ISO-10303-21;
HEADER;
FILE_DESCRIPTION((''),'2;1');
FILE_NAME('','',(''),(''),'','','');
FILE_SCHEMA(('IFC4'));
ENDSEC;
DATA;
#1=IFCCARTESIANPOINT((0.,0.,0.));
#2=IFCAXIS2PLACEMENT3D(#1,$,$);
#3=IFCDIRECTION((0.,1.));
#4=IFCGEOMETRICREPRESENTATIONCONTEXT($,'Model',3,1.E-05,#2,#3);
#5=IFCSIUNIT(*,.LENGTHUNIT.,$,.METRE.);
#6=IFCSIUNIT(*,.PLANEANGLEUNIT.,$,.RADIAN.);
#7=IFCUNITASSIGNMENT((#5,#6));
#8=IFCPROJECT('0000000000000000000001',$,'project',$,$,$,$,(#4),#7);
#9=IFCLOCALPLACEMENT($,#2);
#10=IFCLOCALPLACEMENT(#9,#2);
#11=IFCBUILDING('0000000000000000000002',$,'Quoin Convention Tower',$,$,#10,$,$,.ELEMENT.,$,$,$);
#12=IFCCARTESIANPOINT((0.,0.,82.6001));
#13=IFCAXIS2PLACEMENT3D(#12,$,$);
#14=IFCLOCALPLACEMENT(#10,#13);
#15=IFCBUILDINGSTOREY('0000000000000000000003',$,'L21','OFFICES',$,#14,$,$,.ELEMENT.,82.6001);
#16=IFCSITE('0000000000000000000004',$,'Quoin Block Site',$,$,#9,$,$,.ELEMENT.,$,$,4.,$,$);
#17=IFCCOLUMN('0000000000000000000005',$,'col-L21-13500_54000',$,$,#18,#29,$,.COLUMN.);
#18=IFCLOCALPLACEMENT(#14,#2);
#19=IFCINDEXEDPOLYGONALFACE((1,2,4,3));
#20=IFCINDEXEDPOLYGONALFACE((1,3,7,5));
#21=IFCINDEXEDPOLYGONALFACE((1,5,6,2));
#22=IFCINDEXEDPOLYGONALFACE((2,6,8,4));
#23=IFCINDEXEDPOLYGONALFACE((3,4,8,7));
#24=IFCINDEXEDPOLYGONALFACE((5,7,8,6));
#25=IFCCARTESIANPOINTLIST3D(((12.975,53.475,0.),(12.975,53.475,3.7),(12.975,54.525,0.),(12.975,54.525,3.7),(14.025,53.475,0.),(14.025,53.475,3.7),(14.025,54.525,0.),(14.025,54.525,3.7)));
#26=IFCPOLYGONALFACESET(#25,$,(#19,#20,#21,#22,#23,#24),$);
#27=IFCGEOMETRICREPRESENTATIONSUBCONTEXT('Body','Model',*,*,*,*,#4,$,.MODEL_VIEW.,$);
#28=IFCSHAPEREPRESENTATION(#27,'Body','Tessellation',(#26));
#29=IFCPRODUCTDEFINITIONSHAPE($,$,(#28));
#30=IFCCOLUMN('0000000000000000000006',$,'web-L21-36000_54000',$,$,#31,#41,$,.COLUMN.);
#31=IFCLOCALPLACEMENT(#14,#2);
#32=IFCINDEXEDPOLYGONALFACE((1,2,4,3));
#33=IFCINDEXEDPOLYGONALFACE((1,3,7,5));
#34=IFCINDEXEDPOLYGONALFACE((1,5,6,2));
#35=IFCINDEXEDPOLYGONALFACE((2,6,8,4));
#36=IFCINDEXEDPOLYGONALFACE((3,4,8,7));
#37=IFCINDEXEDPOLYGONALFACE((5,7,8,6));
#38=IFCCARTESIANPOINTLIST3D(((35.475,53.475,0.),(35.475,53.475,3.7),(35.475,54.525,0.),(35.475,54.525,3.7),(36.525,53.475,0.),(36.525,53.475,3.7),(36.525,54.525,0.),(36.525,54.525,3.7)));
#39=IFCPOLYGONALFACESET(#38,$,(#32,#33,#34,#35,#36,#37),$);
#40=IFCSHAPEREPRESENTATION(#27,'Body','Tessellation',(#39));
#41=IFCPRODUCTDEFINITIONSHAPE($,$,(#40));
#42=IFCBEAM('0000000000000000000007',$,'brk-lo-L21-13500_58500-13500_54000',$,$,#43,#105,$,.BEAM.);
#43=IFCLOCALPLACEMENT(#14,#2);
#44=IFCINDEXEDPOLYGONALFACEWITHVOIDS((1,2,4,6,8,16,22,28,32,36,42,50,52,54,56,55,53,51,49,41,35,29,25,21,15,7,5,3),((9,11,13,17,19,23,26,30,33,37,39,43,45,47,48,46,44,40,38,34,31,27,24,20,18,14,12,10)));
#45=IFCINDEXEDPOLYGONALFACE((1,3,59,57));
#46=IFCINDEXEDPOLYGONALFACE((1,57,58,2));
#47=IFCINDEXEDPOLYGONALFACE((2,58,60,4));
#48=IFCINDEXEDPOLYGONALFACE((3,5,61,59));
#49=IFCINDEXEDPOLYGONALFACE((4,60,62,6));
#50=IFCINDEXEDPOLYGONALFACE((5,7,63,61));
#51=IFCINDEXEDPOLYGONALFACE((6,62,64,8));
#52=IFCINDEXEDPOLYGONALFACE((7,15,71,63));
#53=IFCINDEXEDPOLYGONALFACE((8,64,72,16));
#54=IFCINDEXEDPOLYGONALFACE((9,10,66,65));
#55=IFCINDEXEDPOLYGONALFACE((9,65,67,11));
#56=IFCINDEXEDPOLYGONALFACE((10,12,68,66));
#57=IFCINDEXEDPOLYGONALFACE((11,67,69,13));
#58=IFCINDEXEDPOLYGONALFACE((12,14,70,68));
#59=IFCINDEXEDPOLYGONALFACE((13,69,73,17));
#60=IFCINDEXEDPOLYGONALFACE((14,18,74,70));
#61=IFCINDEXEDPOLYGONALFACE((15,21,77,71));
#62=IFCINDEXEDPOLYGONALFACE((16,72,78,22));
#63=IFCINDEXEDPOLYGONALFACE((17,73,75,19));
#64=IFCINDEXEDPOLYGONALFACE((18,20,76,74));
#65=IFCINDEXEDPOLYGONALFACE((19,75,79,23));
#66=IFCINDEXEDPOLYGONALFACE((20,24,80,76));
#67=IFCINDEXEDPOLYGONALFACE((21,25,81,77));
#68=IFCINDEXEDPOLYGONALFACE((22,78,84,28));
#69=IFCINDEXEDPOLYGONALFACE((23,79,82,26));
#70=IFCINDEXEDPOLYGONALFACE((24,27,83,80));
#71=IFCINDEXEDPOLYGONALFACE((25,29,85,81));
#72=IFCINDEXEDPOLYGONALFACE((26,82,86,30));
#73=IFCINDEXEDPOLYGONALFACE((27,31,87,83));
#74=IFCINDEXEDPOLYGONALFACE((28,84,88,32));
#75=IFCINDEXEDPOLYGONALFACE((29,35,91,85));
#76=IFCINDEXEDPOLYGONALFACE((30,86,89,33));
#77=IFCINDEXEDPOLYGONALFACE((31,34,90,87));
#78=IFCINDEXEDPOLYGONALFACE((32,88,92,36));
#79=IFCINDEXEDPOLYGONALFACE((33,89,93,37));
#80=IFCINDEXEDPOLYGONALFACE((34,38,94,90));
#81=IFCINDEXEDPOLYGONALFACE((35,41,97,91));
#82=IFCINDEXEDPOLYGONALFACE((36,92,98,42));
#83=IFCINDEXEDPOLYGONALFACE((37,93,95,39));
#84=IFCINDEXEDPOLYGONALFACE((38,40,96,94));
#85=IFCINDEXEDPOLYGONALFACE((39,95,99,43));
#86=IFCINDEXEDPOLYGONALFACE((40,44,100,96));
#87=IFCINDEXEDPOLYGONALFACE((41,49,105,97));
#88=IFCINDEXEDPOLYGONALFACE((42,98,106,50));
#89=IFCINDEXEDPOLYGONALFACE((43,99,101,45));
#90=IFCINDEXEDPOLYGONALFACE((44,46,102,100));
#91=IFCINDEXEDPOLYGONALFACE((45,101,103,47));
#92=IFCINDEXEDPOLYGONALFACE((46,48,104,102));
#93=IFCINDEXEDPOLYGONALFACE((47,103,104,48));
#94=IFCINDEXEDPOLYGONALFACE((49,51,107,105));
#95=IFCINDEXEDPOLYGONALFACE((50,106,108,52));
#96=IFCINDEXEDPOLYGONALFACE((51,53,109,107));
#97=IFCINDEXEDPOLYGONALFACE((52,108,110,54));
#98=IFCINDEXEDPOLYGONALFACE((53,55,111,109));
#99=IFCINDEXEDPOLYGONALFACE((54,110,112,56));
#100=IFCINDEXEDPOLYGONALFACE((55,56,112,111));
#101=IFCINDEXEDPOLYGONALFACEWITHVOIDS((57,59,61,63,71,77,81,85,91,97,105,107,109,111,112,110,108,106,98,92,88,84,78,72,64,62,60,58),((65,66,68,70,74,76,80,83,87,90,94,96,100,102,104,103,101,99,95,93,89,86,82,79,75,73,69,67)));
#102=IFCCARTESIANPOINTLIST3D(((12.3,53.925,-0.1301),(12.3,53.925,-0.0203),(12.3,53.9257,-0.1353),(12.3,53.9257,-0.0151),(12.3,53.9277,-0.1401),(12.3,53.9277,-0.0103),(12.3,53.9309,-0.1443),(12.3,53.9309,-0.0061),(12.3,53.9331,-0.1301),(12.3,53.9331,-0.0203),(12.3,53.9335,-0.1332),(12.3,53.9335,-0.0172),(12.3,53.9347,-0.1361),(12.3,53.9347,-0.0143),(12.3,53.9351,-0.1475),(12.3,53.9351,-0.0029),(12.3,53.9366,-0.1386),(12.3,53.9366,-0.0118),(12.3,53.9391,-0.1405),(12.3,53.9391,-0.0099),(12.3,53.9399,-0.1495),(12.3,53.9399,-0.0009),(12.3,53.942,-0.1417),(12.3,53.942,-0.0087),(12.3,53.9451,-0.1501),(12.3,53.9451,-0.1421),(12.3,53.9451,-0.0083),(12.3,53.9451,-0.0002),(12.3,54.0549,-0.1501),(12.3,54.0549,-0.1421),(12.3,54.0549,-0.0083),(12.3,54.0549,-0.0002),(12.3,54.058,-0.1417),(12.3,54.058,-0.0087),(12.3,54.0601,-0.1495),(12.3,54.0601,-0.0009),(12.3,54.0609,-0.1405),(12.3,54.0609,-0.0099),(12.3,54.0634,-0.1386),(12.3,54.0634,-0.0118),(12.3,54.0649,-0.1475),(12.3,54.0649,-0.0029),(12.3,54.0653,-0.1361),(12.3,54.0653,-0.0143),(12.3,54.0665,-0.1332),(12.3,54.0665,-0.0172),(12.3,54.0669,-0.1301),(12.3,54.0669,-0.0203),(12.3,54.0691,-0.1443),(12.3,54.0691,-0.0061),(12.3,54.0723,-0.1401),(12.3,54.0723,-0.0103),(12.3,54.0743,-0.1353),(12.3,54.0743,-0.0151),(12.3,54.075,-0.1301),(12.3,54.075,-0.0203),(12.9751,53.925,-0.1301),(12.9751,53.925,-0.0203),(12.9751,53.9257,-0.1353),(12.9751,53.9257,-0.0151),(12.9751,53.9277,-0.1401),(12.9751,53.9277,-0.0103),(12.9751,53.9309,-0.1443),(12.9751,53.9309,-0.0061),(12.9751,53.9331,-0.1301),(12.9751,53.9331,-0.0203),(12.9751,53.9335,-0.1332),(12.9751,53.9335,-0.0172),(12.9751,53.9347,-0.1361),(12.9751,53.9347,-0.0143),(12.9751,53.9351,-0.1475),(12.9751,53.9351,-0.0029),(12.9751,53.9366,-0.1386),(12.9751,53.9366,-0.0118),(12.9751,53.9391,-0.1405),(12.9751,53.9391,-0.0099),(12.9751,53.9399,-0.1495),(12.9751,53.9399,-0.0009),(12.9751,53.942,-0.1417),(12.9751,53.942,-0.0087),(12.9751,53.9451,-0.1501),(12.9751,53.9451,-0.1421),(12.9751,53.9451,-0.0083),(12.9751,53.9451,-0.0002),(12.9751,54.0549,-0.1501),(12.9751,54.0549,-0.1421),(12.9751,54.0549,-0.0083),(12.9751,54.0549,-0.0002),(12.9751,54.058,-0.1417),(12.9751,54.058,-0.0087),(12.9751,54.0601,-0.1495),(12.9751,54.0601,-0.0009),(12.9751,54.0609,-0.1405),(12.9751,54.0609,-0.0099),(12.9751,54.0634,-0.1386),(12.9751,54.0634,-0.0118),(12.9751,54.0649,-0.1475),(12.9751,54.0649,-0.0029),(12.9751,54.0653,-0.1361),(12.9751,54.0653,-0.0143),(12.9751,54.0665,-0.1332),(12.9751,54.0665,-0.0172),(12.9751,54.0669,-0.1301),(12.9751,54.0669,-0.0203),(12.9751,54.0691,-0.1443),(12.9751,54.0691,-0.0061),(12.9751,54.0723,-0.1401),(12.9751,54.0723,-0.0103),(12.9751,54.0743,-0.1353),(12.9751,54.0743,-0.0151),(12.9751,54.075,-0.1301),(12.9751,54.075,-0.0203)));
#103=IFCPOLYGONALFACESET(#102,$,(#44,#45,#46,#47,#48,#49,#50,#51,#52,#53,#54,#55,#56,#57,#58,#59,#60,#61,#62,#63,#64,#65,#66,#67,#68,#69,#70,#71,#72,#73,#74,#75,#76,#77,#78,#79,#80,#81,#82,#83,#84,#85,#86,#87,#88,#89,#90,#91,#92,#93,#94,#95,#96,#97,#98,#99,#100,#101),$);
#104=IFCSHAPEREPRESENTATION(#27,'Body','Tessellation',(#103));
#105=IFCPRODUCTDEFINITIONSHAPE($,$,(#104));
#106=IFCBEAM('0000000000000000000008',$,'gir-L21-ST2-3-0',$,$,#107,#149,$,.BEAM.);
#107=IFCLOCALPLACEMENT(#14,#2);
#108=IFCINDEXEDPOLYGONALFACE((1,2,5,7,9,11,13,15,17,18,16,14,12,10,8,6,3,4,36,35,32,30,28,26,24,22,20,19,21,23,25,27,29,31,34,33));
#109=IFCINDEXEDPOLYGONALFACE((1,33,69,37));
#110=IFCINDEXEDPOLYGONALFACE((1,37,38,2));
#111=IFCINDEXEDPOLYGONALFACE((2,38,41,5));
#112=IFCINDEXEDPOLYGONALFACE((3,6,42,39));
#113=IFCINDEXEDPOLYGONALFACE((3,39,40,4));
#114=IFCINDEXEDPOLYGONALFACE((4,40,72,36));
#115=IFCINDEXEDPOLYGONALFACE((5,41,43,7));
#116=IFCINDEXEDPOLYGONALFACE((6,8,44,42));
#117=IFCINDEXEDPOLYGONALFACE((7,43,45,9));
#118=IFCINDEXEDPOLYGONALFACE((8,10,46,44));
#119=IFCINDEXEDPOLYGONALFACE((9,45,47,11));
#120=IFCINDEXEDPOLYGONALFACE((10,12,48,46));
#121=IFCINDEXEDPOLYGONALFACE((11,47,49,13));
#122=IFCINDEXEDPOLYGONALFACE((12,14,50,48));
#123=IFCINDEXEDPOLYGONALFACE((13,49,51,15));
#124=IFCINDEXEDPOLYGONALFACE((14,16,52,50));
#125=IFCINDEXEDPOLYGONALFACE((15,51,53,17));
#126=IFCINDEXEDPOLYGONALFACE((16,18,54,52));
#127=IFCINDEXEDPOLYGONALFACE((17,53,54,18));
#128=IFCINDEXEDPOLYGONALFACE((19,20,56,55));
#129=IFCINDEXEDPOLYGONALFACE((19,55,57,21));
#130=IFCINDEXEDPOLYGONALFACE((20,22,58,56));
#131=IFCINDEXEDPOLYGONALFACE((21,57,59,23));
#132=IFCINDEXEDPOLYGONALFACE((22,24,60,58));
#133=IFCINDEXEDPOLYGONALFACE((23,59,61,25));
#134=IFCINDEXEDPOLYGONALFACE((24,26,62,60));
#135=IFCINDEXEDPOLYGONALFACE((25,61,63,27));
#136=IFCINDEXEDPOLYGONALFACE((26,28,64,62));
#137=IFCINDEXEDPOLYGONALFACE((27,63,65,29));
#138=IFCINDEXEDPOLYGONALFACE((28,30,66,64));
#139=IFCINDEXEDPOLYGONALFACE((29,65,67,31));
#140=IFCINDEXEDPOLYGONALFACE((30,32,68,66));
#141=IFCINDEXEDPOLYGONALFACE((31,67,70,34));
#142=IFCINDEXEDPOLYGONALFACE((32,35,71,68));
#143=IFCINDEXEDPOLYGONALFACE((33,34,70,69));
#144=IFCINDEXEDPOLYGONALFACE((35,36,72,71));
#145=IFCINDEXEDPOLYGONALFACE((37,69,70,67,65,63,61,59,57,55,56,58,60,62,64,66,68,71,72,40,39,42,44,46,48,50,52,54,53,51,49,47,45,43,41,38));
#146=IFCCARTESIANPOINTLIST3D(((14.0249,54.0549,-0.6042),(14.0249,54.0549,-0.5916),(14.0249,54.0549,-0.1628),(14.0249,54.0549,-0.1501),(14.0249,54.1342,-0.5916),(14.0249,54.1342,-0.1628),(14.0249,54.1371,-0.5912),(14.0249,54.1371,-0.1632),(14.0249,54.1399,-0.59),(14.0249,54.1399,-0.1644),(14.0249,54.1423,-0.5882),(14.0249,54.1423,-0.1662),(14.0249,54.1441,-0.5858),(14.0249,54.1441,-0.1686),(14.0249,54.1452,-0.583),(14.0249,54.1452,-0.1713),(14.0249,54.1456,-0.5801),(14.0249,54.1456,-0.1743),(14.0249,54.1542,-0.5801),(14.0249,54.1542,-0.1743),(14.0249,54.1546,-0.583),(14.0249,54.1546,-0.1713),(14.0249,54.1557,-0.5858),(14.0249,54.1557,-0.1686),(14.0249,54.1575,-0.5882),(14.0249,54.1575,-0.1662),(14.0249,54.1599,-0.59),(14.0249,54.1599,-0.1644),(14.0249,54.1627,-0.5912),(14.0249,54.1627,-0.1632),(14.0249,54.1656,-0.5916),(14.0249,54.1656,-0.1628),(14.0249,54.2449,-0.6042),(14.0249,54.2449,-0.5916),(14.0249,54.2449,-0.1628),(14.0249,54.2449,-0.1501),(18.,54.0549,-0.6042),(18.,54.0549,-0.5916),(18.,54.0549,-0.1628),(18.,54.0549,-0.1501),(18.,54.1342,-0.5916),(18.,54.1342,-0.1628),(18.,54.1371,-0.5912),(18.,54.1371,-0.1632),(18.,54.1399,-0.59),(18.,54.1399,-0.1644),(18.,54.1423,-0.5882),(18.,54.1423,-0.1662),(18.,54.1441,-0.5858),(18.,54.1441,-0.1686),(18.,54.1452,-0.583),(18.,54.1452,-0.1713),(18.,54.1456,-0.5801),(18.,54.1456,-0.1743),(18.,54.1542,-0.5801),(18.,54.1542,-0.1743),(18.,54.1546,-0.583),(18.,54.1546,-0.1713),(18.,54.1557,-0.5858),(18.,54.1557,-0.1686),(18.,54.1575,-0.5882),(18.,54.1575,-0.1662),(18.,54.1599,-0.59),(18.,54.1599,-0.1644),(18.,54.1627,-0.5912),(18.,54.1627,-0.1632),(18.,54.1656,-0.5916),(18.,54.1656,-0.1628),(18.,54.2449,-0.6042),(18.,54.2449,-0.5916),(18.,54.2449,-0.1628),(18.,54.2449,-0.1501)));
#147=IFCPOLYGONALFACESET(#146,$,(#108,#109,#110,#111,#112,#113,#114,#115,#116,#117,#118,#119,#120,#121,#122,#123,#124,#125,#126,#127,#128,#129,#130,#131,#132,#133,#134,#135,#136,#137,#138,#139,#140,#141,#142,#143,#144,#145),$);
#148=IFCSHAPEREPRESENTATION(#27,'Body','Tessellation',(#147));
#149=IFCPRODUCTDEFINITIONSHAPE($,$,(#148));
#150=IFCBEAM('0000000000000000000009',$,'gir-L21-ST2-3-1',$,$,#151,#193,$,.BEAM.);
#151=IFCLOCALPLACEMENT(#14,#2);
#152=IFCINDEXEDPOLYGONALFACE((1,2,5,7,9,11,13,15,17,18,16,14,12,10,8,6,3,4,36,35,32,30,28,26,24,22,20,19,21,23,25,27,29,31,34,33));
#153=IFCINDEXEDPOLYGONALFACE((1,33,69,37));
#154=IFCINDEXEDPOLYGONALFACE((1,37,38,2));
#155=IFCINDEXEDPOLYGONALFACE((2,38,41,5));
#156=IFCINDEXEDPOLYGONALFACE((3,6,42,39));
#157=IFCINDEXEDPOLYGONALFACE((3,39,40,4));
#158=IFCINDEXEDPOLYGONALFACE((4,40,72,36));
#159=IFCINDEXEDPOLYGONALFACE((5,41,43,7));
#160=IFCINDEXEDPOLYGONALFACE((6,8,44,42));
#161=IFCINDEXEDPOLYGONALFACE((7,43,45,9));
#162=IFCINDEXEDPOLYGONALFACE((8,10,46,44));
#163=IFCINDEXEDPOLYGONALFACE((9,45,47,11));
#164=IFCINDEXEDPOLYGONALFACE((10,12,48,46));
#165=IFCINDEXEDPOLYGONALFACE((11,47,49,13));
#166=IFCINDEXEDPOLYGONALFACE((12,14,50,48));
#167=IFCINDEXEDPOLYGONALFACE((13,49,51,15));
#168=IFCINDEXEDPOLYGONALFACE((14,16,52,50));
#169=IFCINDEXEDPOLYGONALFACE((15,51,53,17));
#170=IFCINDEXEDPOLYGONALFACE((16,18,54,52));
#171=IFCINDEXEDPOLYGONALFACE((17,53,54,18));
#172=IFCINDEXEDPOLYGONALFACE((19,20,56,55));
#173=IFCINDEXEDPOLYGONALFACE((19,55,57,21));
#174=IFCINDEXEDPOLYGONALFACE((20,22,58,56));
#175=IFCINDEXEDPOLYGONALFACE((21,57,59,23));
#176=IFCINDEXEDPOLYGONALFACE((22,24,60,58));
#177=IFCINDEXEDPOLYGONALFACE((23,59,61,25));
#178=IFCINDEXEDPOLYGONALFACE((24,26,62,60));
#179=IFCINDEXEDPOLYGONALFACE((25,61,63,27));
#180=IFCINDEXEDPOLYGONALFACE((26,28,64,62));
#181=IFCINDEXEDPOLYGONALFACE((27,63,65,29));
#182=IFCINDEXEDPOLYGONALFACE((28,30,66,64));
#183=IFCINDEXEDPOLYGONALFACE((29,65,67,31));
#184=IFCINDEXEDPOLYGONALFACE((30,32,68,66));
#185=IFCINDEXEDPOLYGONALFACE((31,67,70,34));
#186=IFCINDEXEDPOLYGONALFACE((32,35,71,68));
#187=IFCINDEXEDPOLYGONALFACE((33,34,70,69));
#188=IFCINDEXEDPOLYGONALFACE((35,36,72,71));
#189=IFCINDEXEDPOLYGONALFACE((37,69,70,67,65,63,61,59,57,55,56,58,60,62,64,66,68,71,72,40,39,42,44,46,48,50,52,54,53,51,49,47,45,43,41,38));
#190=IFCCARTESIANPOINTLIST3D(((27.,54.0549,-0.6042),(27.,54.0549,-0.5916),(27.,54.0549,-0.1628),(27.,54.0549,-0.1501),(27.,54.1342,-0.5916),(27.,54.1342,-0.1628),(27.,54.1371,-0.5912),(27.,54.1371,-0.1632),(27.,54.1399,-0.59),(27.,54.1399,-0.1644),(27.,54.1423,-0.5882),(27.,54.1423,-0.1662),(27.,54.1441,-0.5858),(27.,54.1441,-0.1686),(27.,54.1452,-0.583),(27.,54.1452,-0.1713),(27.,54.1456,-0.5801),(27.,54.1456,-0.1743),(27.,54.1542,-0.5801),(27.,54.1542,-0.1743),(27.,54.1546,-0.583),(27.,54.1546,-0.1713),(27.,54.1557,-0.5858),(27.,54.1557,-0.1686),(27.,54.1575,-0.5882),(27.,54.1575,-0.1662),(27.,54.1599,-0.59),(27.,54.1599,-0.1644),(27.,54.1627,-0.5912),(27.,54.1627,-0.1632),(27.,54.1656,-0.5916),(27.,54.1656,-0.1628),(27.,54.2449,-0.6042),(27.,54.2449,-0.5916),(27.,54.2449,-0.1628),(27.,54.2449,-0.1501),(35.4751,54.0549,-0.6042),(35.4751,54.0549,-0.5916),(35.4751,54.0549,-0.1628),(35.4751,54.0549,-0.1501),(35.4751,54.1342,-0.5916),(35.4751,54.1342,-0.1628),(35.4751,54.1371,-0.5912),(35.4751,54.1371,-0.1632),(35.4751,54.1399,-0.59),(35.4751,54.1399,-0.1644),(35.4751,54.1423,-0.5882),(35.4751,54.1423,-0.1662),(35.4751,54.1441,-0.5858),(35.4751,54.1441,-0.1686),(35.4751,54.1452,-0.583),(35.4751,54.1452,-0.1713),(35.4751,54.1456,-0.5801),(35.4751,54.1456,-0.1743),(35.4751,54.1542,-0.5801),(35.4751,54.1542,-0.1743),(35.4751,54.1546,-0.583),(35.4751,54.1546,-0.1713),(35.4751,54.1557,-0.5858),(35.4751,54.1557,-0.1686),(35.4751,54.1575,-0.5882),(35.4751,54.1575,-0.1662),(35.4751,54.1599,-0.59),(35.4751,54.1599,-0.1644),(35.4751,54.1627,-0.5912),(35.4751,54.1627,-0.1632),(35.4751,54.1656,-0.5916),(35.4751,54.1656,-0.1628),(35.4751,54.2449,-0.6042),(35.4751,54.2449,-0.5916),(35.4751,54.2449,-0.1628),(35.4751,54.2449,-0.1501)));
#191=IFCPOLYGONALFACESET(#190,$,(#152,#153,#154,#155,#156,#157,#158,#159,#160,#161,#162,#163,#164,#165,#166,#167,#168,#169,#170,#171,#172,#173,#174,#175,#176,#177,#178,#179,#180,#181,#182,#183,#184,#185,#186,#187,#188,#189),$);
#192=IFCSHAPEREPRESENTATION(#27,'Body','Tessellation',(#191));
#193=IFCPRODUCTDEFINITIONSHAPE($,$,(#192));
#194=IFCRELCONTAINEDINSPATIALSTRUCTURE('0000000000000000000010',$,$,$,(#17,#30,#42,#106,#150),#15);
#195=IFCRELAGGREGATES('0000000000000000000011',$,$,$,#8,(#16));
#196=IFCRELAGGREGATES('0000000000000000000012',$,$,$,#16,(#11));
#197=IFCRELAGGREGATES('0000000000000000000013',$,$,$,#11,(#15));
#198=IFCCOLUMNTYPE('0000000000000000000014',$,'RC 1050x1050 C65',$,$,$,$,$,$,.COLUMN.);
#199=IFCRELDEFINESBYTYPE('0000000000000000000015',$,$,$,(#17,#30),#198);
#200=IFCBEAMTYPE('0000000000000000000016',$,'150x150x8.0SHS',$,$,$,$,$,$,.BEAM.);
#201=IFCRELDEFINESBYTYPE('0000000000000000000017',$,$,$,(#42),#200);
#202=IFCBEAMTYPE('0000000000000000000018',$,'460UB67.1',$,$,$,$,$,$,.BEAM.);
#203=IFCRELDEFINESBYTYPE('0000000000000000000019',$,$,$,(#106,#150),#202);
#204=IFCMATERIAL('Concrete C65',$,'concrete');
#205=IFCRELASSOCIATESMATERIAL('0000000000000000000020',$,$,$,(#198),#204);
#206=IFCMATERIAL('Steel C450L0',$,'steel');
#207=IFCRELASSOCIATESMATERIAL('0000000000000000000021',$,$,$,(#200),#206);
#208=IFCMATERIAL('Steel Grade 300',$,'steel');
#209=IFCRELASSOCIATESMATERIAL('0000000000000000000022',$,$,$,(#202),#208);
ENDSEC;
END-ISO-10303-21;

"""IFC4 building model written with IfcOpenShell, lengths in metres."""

from ifc_helpers import new_model, si_unit, direction, frame, origin, origin_2d, place, context, subcontext, project, spatial, rectangle, hollow_rectangle, i_section, extrude, material, material_profile, profile_set, type_object, element, save


model = new_model("IFC4")

# Units and contexts
model_context = context("Model", 3, precision=1e-05, world=origin(), true_north=direction((0.0, 1.0)))
body_context = subcontext(model_context, "Body", "Model", "MODEL_VIEW")
ifc_project = project(units=[si_unit("LENGTHUNIT", "METRE"), si_unit("PLANEANGLEUNIT", "RADIAN")], contexts=[model_context])

# Site, building, storey
site_placement = place(None, origin())
site = spatial("IfcSite", under=ifc_project, at=site_placement, Name="Quoin Block Site", CompositionType="ELEMENT", RefElevation=4.0)
building_placement = place(site_placement, origin())
building = spatial("IfcBuilding", under=site, at=building_placement, Name="Quoin Convention Tower", CompositionType="ELEMENT")
storey_placement = place(building_placement, frame((0.0, 0.0, 82.6001)))
storey = spatial("IfcBuildingStorey", under=building, at=storey_placement, Name="L21", Description="OFFICES", CompositionType="ELEMENT", Elevation=82.6001)

# Columns
ifc_material_1 = material(Name="Concrete C65", Category="concrete")
ifc_material_profile_1 = material_profile(ifc_material_1, rectangle(XDim=1.05, YDim=1.05, at=origin_2d()), Name="RC 1050x1050")
ifc_profile_set_1 = profile_set([ifc_material_profile_1], Name="Concrete C65")
column_type = type_object("IfcColumnType", Name="RC 1050x1050 C65", PredefinedType="COLUMN", material=ifc_profile_set_1)
for number, where, z_axis, x_axis, name in (
    (1, (13.5, 54.0, 0.0), (0.0, 0.0, 1.0), (1.0, 0.0, 0.0), "col-L21-13500_54000"),
    (2, (36.0, 54.0, 0.0), (0.0, 0.0, 1.0), (1.0, 0.0, 0.0), "web-L21-36000_54000"),
):
    element("IfcColumn", number, at=place(storey_placement, frame(where, z_axis=z_axis, x_axis=x_axis)), inside=storey, type_object=column_type, Name=name, PredefinedType="COLUMN", context=body_context, shape_type="SweptSolid", body=[
        extrude(rectangle(XDim=1.05, YDim=1.05, at=origin_2d()), origin(), (0.0, 0.0, 1.0), 3.7),
    ])

# Beams
ifc_material_2 = material(Name="Steel C450L0", Category="steel")
ifc_material_profile_2 = material_profile(ifc_material_2, hollow_rectangle(XDim=0.1499, YDim=0.1499, WallThickness=0.0081, InnerFilletRadius=0.012, OuterFilletRadius=0.02, at=origin_2d()), Name="150x150x8.0SHS")
ifc_profile_set_2 = profile_set([ifc_material_profile_2], Name="Steel C450L0")
beam_type_1 = type_object("IfcBeamType", Name="150x150x8.0SHS", PredefinedType="BEAM", material=ifc_profile_set_2)
beam_1_placement = place(storey_placement, frame((12.9751, 54.0, -0.0752), z_axis=(-1.0, 0.0, 0.0), x_axis=(0.0, -1.0, 0.0)))
element("IfcBeam", 3, at=beam_1_placement, inside=storey, type_object=beam_type_1, Name="brk-lo-L21-13500_58500-13500_54000", PredefinedType="BEAM", context=body_context, shape_type="SweptSolid", body=[
    extrude(hollow_rectangle(XDim=0.1499, YDim=0.1499, WallThickness=0.0081, InnerFilletRadius=0.012, OuterFilletRadius=0.02, at=origin_2d()), origin(), (0.0, 0.0, 1.0), 0.675),
])
ifc_material_3 = material(Name="Steel Grade 300", Category="steel")
ifc_material_profile_3 = material_profile(ifc_material_3, i_section(OverallWidth=0.1899, OverallDepth=0.4541, WebThickness=0.0085, FlangeThickness=0.0127, FilletRadius=0.0115, at=origin_2d()), Name="460UB67.1")
ifc_profile_set_3 = profile_set([ifc_material_profile_3], Name="Steel Grade 300")
beam_type_2 = type_object("IfcBeamType", Name="460UB67.1", PredefinedType="BEAM", material=ifc_profile_set_3)
beam_2_placement = place(storey_placement, frame((14.0249, 54.1499, -0.3772), z_axis=(1.0, 0.0, 0.0), x_axis=(0.0, 1.0, 0.0)))
element("IfcBeam", 4, at=beam_2_placement, inside=storey, type_object=beam_type_2, Name="gir-L21-ST2-3-0", PredefinedType="BEAM", context=body_context, shape_type="SweptSolid", body=[
    extrude(i_section(OverallWidth=0.1899, OverallDepth=0.4541, WebThickness=0.0085, FlangeThickness=0.0127, FilletRadius=0.0115, at=origin_2d()), origin(), (0.0, 0.0, 1.0), 3.9751),
])
beam_3_placement = place(storey_placement, frame((27.0, 54.1499, -0.3772), z_axis=(1.0, 0.0, 0.0), x_axis=(0.0, 1.0, 0.0)))
element("IfcBeam", 5, at=beam_3_placement, inside=storey, type_object=beam_type_2, Name="gir-L21-ST2-3-1", PredefinedType="BEAM", context=body_context, shape_type="SweptSolid", body=[
    extrude(i_section(OverallWidth=0.1899, OverallDepth=0.4541, WebThickness=0.0085, FlangeThickness=0.0127, FilletRadius=0.0115, at=origin_2d()), origin(), (0.0, 0.0, 1.0), 8.4751),
])

save(model, "model.ifc")
